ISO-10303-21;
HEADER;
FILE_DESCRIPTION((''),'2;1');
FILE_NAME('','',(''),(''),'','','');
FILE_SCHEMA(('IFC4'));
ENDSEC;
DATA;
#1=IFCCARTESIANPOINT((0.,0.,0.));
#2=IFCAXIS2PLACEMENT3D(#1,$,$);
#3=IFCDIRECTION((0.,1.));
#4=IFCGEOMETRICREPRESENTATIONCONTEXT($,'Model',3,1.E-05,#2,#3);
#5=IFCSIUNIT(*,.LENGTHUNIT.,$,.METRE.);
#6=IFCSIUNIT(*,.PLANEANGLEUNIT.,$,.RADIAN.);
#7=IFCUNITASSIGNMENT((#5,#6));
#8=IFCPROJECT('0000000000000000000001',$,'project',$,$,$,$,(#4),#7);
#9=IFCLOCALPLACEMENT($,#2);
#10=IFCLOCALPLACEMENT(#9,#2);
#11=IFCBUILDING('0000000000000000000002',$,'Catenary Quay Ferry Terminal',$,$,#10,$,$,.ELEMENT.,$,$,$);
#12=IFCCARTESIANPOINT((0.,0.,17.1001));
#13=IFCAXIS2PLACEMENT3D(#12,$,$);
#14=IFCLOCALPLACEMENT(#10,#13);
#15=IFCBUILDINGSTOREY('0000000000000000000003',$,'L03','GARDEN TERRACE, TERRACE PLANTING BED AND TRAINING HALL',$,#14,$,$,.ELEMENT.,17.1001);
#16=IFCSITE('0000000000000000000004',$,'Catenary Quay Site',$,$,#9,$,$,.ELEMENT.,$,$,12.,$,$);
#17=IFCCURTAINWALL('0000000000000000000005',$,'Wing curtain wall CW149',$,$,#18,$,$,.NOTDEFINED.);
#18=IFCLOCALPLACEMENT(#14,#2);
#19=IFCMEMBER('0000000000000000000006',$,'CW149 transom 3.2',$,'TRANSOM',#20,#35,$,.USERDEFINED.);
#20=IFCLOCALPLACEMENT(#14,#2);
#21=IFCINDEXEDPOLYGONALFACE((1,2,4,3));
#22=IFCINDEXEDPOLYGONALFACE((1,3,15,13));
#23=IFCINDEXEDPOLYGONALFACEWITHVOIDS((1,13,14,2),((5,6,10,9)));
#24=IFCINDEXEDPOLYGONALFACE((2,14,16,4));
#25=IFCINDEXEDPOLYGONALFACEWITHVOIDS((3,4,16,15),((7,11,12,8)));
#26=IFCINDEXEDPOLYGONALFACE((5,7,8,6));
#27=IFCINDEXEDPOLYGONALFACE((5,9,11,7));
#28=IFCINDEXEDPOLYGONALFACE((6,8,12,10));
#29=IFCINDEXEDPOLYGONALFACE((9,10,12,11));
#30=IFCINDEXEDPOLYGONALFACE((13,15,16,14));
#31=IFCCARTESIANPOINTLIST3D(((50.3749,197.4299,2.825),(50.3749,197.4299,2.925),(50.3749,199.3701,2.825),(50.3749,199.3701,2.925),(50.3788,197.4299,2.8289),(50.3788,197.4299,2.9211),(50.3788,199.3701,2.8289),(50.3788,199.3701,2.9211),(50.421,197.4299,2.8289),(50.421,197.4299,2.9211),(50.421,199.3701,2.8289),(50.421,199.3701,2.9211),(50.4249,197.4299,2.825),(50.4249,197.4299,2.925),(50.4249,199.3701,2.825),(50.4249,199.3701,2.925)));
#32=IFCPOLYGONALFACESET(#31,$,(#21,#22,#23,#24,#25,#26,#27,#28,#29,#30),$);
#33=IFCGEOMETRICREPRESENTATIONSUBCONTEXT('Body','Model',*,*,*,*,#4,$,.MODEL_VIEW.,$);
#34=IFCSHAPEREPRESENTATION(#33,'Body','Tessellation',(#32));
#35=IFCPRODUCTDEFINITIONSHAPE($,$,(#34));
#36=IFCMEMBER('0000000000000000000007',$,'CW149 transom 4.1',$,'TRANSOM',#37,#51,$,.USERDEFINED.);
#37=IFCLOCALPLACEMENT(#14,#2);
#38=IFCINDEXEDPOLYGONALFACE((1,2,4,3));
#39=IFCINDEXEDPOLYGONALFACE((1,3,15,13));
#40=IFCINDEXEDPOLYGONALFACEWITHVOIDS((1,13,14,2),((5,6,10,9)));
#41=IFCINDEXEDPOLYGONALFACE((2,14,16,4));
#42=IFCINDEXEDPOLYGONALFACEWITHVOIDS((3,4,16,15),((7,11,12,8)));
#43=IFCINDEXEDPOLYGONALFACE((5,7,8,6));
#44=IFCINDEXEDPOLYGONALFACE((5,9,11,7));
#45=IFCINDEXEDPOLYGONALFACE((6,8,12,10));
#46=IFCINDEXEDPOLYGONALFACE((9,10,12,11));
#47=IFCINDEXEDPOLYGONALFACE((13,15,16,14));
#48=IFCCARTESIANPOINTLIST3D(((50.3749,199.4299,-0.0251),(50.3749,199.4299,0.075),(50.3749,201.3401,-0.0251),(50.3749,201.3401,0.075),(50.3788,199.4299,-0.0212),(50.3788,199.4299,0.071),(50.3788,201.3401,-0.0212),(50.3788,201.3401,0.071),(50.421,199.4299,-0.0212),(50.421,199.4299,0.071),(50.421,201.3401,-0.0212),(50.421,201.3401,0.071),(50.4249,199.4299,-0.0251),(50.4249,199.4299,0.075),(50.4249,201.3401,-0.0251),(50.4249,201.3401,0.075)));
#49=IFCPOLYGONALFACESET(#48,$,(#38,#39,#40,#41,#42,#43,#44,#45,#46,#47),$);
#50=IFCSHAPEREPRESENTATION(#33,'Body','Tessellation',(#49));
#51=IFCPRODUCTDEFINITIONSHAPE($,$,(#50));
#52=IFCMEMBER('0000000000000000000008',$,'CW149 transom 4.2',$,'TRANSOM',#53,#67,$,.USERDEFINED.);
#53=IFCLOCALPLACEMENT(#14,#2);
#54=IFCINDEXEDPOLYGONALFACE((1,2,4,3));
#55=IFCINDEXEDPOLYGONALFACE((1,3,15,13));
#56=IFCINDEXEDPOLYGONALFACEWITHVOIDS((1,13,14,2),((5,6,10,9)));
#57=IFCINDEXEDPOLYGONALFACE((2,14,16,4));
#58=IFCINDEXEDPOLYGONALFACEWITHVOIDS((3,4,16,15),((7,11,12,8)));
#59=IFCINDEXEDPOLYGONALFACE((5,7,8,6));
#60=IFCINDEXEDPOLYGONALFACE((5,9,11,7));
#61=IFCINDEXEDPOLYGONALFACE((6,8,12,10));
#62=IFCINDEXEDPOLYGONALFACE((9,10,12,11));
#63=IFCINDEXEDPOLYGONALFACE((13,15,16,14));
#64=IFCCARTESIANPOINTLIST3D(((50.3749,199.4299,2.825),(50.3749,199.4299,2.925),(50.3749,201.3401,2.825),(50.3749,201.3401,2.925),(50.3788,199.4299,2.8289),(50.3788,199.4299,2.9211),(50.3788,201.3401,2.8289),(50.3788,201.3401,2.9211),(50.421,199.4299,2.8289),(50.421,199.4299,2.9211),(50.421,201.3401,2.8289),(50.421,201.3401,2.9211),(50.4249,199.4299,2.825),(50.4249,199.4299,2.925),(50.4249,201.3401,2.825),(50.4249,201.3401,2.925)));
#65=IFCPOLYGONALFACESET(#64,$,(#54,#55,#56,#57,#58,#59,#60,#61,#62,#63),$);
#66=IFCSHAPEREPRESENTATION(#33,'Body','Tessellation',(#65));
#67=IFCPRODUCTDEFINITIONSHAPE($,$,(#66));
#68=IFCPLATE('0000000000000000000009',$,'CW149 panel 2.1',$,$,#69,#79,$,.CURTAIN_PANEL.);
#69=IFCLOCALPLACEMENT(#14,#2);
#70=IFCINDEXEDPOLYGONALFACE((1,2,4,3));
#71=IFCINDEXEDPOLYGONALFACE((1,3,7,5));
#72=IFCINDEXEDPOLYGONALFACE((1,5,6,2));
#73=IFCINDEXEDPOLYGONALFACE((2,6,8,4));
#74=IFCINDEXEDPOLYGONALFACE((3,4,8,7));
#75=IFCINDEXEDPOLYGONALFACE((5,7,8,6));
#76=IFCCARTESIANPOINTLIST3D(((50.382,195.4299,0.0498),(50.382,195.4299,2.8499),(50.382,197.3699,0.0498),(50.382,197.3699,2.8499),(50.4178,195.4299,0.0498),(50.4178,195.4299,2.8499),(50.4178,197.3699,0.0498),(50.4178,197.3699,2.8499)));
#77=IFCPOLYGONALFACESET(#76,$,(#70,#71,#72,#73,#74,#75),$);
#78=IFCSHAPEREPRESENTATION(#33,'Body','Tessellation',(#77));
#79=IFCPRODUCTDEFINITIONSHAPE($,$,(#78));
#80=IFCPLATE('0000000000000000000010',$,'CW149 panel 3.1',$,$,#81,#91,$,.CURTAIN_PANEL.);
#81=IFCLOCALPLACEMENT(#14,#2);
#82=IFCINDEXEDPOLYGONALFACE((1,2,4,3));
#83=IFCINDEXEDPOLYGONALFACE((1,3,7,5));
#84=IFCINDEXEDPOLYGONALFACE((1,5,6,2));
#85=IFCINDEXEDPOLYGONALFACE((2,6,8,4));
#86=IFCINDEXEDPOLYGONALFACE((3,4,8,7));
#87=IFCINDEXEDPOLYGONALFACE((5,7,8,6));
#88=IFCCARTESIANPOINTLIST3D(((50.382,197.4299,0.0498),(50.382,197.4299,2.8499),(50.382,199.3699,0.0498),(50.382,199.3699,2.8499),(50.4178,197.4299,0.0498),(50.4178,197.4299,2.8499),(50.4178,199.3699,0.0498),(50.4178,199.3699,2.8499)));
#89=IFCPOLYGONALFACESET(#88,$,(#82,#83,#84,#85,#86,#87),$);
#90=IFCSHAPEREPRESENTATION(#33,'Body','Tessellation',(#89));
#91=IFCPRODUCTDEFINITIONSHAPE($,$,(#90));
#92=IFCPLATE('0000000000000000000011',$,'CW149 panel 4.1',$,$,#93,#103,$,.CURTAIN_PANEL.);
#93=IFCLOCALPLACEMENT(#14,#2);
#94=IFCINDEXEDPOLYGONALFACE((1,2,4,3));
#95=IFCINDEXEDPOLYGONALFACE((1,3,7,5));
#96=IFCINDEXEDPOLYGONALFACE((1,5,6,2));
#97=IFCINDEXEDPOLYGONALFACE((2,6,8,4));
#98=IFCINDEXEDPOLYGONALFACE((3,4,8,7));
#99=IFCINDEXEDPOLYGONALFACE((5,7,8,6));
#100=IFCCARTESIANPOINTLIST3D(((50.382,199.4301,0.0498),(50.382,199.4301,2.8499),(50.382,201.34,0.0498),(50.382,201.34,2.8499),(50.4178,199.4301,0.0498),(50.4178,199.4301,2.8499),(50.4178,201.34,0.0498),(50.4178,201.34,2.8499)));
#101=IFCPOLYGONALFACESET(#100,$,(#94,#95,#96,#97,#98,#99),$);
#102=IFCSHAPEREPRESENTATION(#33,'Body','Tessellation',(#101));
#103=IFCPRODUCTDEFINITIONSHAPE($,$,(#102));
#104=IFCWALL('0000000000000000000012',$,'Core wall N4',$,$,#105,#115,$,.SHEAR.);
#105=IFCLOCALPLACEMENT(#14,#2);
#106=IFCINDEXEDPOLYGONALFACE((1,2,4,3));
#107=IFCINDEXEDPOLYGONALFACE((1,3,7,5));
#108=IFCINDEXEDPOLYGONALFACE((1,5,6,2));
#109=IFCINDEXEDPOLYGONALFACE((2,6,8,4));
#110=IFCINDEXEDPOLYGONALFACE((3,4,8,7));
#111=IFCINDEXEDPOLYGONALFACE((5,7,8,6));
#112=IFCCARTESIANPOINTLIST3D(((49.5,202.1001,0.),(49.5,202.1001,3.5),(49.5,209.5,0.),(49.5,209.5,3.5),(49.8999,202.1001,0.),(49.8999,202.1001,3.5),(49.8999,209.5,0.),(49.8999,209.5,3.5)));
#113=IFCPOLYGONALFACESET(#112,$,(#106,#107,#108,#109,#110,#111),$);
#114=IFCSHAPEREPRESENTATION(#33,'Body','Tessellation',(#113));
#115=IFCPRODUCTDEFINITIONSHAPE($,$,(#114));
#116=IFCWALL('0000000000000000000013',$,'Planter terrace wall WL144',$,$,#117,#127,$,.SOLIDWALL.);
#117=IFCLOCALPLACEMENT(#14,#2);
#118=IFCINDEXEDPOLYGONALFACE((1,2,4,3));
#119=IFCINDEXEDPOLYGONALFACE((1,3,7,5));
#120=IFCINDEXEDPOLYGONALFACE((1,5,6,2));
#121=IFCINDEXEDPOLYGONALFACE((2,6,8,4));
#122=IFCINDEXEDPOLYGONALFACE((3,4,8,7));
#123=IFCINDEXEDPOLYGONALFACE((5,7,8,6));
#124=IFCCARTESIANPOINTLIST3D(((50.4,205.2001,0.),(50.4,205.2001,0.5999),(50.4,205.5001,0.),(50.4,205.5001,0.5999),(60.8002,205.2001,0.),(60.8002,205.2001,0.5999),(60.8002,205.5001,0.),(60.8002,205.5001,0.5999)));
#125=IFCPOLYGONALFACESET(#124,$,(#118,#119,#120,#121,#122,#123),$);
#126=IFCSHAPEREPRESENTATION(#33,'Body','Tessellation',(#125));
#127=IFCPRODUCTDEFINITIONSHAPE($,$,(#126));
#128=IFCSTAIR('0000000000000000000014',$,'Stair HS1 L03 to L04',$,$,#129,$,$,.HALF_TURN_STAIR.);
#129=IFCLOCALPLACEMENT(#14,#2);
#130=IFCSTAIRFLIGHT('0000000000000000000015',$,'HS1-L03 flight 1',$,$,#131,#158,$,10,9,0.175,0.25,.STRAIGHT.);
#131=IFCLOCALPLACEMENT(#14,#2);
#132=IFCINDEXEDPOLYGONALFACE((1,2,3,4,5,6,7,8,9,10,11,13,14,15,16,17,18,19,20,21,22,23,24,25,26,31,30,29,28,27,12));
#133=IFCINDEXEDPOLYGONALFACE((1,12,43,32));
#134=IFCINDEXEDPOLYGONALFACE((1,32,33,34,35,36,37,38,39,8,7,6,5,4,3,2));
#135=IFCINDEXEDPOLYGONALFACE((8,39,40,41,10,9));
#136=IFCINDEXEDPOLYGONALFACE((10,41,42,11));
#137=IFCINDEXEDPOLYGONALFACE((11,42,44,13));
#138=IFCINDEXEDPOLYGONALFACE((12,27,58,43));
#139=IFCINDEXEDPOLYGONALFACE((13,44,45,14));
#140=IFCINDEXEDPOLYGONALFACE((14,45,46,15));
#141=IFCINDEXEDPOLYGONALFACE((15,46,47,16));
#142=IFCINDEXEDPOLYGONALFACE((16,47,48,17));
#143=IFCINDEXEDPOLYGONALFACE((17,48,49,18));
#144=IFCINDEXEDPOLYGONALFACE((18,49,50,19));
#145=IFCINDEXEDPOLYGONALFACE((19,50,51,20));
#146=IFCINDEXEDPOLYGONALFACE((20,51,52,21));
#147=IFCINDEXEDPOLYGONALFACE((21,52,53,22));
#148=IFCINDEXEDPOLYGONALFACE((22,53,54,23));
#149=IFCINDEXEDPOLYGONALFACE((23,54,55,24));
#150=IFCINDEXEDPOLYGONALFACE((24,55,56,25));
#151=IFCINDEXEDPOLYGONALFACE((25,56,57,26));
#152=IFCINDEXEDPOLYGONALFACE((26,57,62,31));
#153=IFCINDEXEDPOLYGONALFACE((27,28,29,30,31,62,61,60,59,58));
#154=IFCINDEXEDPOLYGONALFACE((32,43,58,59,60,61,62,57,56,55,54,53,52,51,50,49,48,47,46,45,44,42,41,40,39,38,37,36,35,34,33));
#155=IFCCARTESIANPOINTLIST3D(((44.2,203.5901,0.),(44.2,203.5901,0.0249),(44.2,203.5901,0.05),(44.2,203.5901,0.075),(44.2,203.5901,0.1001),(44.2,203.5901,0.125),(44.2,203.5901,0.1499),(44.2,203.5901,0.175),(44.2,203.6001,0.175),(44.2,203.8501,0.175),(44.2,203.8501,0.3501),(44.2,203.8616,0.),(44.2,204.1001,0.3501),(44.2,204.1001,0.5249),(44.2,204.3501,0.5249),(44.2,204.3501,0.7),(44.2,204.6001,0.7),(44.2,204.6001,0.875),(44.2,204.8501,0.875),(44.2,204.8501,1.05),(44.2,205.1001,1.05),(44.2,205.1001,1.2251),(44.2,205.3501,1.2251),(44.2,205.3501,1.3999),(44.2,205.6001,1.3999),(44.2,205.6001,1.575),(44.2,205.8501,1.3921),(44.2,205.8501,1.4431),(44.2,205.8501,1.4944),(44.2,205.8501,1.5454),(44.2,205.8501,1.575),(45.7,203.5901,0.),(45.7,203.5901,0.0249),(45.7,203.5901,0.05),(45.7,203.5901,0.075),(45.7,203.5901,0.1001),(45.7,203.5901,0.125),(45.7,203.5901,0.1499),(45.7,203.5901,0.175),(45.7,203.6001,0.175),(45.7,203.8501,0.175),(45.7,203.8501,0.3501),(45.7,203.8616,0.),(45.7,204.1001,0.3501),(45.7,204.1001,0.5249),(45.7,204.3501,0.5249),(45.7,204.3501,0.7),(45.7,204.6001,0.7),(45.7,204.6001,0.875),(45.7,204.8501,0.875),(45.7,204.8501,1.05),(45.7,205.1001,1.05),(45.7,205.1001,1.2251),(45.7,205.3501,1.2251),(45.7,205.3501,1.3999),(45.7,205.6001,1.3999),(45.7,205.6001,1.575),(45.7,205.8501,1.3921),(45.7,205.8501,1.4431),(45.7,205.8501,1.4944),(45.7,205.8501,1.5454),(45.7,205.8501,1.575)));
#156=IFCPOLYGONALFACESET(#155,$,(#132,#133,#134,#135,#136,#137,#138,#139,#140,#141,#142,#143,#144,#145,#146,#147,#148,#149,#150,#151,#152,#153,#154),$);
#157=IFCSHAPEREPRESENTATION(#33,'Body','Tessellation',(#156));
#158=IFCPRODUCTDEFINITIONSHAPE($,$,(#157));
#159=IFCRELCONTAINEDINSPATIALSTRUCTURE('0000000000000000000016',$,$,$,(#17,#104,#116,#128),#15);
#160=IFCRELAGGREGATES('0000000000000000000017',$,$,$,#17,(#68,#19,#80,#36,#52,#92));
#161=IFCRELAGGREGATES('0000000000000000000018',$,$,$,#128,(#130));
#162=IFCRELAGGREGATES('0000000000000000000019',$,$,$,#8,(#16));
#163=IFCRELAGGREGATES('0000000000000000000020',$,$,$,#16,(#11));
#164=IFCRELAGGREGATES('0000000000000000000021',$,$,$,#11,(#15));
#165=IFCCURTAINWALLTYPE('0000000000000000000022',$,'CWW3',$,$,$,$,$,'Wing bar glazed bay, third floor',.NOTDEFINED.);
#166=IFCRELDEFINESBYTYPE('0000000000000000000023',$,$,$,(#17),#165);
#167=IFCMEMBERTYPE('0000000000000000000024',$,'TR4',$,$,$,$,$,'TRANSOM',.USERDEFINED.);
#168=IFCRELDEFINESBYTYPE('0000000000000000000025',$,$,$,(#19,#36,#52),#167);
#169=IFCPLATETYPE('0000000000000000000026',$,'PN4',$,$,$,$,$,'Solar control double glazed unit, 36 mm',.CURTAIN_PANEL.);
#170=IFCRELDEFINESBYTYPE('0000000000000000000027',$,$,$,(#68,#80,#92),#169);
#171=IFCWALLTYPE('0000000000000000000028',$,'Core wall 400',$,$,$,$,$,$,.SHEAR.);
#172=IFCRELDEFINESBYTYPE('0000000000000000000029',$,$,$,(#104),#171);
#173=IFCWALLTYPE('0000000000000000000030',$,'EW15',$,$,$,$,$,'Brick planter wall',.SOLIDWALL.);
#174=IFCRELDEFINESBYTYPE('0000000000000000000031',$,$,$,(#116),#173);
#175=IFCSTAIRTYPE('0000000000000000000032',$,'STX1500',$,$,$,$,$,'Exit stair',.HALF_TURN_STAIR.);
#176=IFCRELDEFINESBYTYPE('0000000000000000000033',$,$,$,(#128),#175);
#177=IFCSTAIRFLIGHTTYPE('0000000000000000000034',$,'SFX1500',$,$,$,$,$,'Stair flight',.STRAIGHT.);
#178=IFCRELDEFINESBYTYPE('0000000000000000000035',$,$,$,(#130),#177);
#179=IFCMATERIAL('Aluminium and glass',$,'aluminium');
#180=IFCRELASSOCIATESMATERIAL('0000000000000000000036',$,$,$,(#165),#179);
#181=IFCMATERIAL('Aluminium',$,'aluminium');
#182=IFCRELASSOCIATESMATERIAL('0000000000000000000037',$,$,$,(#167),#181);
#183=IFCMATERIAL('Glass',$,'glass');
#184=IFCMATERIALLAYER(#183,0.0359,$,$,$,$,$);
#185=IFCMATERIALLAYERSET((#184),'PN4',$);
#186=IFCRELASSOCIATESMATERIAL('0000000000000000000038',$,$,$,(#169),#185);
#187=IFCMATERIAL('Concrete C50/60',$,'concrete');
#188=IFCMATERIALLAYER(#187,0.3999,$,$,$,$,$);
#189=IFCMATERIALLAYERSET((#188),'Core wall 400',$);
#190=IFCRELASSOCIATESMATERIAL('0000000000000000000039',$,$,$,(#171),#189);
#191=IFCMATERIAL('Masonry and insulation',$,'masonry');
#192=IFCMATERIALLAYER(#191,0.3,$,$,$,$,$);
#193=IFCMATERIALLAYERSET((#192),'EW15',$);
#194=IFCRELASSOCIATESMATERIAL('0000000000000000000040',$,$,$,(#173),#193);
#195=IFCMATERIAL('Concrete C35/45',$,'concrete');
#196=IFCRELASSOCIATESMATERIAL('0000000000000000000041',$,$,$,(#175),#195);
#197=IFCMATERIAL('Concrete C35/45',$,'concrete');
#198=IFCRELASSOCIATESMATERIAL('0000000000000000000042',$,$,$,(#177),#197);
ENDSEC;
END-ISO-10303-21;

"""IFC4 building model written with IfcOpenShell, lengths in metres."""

from ifc_helpers import new_model, si_unit, direction, frame, frame_2d, origin, origin_2d, place, context, subcontext, project, spatial, polyline, rectangle, hollow_rectangle, outline, extrude, material, layer, layer_set, material_profile, profile_set, type_object, element, aggregate, save


model = new_model("IFC4")

# Units and contexts
model_context = context("Model", 3, precision=1e-05, world=origin(), true_north=direction((0.0, 1.0)))
body_context = subcontext(model_context, "Body", "Model", "MODEL_VIEW")
ifc_project = project(units=[si_unit("LENGTHUNIT", "METRE"), si_unit("PLANEANGLEUNIT", "RADIAN")], contexts=[model_context])

# Site, building, storey
site_placement = place(None, origin())
site = spatial("IfcSite", under=ifc_project, at=site_placement, Name="Catenary Quay Site", CompositionType="ELEMENT", RefElevation=12.0)
building_placement = place(site_placement, origin())
building = spatial("IfcBuilding", under=site, at=building_placement, Name="Catenary Quay Ferry Terminal", CompositionType="ELEMENT")
storey_placement = place(building_placement, frame((0.0, 0.0, 17.1001)))
storey = spatial("IfcBuildingStorey", under=building, at=storey_placement, Name="L03", Description="GARDEN TERRACE, TERRACE PLANTING BED AND TRAINING HALL", CompositionType="ELEMENT", Elevation=17.1001)

# Curtain wall, members, plates
ifc_material_1 = material(Name="Aluminium and glass", Category="aluminium")
curtain_wall_type = type_object("IfcCurtainWallType", Name="CWW3", ElementType="Wing bar glazed bay, third floor", PredefinedType="NOTDEFINED", material=ifc_material_1)
curtain_wall_placement = place(storey_placement, origin())
curtain_wall = element("IfcCurtainWall", 1, at=curtain_wall_placement, inside=storey, type_object=curtain_wall_type, Name="Wing curtain wall CW149", PredefinedType="NOTDEFINED")
ifc_material_2 = material(Name="Aluminium", Category="aluminium")
ifc_material_profile_1 = material_profile(ifc_material_2, hollow_rectangle(XDim=0.05, YDim=0.1001, WallThickness=0.0039, at=origin_2d()), Name="TR4")
ifc_profile_set_1 = profile_set([ifc_material_profile_1], Name="Aluminium")
member_type_1 = type_object("IfcMemberType", Name="TR4", ElementType="TRANSOM", PredefinedType="USERDEFINED", material=ifc_profile_set_1)
member_1_placement = place(storey_placement, frame((50.3999, 197.4299, 2.875), z_axis=(0.0, 1.0, 0.0), x_axis=(-1.0, 0.0, 0.0)))
member_1 = element("IfcMember", 2, at=member_1_placement, type_object=member_type_1, Name="CW149 transom 3.2", ObjectType="TRANSOM", PredefinedType="USERDEFINED", context=body_context, shape_type="SweptSolid", body=[
    extrude(hollow_rectangle(XDim=0.05, YDim=0.1001, WallThickness=0.0039, at=origin_2d()), origin(), (0.0, 0.0, 1.0), 1.9402),
])
member_2_placement = place(storey_placement, frame((50.3999, 199.4299, 0.0249), z_axis=(0.0, 1.0, 0.0), x_axis=(-1.0, 0.0, 0.0)))
member_2 = element("IfcMember", 3, at=member_2_placement, type_object=member_type_1, Name="CW149 transom 4.1", ObjectType="TRANSOM", PredefinedType="USERDEFINED", context=body_context, shape_type="SweptSolid", body=[
    extrude(hollow_rectangle(XDim=0.05, YDim=0.1001, WallThickness=0.0039, at=origin_2d()), origin(), (0.0, 0.0, 1.0), 1.9102),
])
member_3_placement = place(storey_placement, frame((50.3999, 199.4299, 2.875), z_axis=(0.0, 1.0, 0.0), x_axis=(-1.0, 0.0, 0.0)))
member_3 = element("IfcMember", 4, at=member_3_placement, type_object=member_type_1, Name="CW149 transom 4.2", ObjectType="TRANSOM", PredefinedType="USERDEFINED", context=body_context, shape_type="SweptSolid", body=[
    extrude(hollow_rectangle(XDim=0.05, YDim=0.1001, WallThickness=0.0039, at=origin_2d()), origin(), (0.0, 0.0, 1.0), 1.9102),
])
ifc_material_3 = material(Name="Glass", Category="glass")
ifc_layer_1 = layer(ifc_material_3, 0.0359)
ifc_layer_set_1 = layer_set([ifc_layer_1], Name="PN4")
plate_type = type_object("IfcPlateType", Name="PN4", ElementType="Solar control double glazed unit, 36 mm", PredefinedType="CURTAIN_PANEL", material=ifc_layer_set_1)
plate_1_placement = place(storey_placement, frame((50.3999, 196.3999, 0.0498), z_axis=(0.0, 0.0, 1.0), x_axis=(0.0, 1.0, 0.0)))
plate_1 = element("IfcPlate", 5, at=plate_1_placement, type_object=plate_type, Name="CW149 panel 2.1", PredefinedType="CURTAIN_PANEL", context=body_context, shape_type="SweptSolid", body=[
    extrude(rectangle(XDim=1.9399, YDim=0.0359, at=origin_2d()), origin(), (0.0, 0.0, 1.0), 2.8),
])
plate_2_placement = place(storey_placement, frame((50.3999, 198.3999, 0.0498), z_axis=(0.0, 0.0, 1.0), x_axis=(0.0, 1.0, 0.0)))
plate_2 = element("IfcPlate", 6, at=plate_2_placement, type_object=plate_type, Name="CW149 panel 3.1", PredefinedType="CURTAIN_PANEL", context=body_context, shape_type="SweptSolid", body=[
    extrude(rectangle(XDim=1.9399, YDim=0.0359, at=origin_2d()), origin(), (0.0, 0.0, 1.0), 2.8),
])
plate_3_placement = place(storey_placement, frame((50.3999, 200.385, 0.0498), z_axis=(0.0, 0.0, 1.0), x_axis=(0.0, 1.0, 0.0)))
plate_3 = element("IfcPlate", 7, at=plate_3_placement, type_object=plate_type, Name="CW149 panel 4.1", PredefinedType="CURTAIN_PANEL", context=body_context, shape_type="SweptSolid", body=[
    extrude(rectangle(XDim=1.9099, YDim=0.0359, at=origin_2d()), origin(), (0.0, 0.0, 1.0), 2.8),
])
aggregate(curtain_wall, [plate_1, member_1, plate_2, member_2, member_3, plate_3])

# Walls
ifc_material_4 = material(Name="Concrete C50/60", Category="concrete")
ifc_layer_2 = layer(ifc_material_4, 0.3999)
ifc_layer_set_2 = layer_set([ifc_layer_2], Name="Core wall 400")
wall_type_1 = type_object("IfcWallType", Name="Core wall 400", PredefinedType="SHEAR", material=ifc_layer_set_2)
wall_1_placement = place(storey_placement, frame((49.7, 202.1001, 0.0), z_axis=(0.0, 0.0, 1.0), x_axis=(0.0, 1.0, 0.0)))
element("IfcWall", 8, at=wall_1_placement, inside=storey, type_object=wall_type_1, Name="Core wall N4", PredefinedType="SHEAR", context=body_context, shape_type="SweptSolid", body=[
    extrude(rectangle(XDim=7.3999, YDim=0.3999, at=frame_2d((3.7, 0.0))), origin(), (0.0, 0.0, 1.0), 3.5),
])
ifc_material_5 = material(Name="Masonry and insulation", Category="masonry")
ifc_layer_3 = layer(ifc_material_5, 0.3)
ifc_layer_set_3 = layer_set([ifc_layer_3], Name="EW15")
wall_type_2 = type_object("IfcWallType", Name="EW15", ElementType="Brick planter wall", PredefinedType="SOLIDWALL", material=ifc_layer_set_3)
wall_2_placement = place(storey_placement, frame((50.3999, 205.3501, 0.0), z_axis=(0.0, 0.0, 1.0), x_axis=(1.0, 0.0, 0.0)))
element("IfcWall", 9, at=wall_2_placement, inside=storey, type_object=wall_type_2, Name="Planter terrace wall WL144", PredefinedType="SOLIDWALL", context=body_context, shape_type="SweptSolid", body=[
    extrude(rectangle(XDim=10.4001, YDim=0.3, at=frame_2d((5.2002, 0.0))), origin(), (0.0, 0.0, 1.0), 0.5999),
])

# Stair, stair flight
ifc_material_6 = material(Name="Concrete C35/45", Category="concrete")
stair_type = type_object("IfcStairType", Name="STX1500", ElementType="Exit stair", PredefinedType="HALF_TURN_STAIR", material=ifc_material_6)
stair_placement = place(storey_placement, origin())
stair = element("IfcStair", 10, at=stair_placement, inside=storey, type_object=stair_type, Name="Stair HS1 L03 to L04", PredefinedType="HALF_TURN_STAIR")
ifc_material_7 = material(Name="Concrete C35/45", Category="concrete")
stair_flight_type = type_object("IfcStairFlightType", Name="SFX1500", ElementType="Stair flight", PredefinedType="STRAIGHT", material=ifc_material_7)
stair_flight_1_placement = place(storey_placement, frame((44.95, 203.6001, 0.0), z_axis=(0.0, 0.0, 1.0), x_axis=(0.0, 1.0, 0.0)))
stair_flight_1 = element("IfcStairFlight", 11, at=stair_flight_1_placement, type_object=stair_flight_type, Name="HS1-L03 flight 1", NumberOfRisers=10, NumberOfTreads=9, PredefinedType="STRAIGHT", RiserHeight=0.175, TreadLength=0.25, context=body_context, shape_type="SweptSolid", body=[
    extrude(outline(polyline([(-0.01, 0.0), (-0.01, 0.0249), (-0.01, 0.05), (-0.01, 0.075), (-0.01, 0.1001), (-0.01, 0.125), (-0.01, 0.1499), (-0.01, 0.175), (0.0, 0.175), (0.25, 0.175), (0.25, 0.3501), (0.5, 0.3501), (0.5, 0.5249), (0.75, 0.5249), (0.75, 0.7), (1.0, 0.7), (1.0, 0.875), (1.25, 0.875), (1.25, 1.05), (1.5, 1.05), (1.5, 1.2251), (1.75, 1.2251), (1.75, 1.3999), (2.0, 1.3999), (2.0, 1.575), (2.25, 1.575), (2.25, 1.75), (2.25, 1.699), (2.25, 1.6477), (2.25, 1.5967), (2.25, 1.5454), (2.25, 1.4944), (2.25, 1.4431), (2.25, 1.3921), (0.2615, 0.0), (-0.01, 0.0)])), frame((0.0, 0.75, 0.0), z_axis=(0.0, -1.0, 0.0), x_axis=(1.0, 0.0, 0.0)), (0.0, 0.0, 1.0), 1.5),
])
aggregate(stair, [stair_flight_1])

save(model, "model.ifc")
